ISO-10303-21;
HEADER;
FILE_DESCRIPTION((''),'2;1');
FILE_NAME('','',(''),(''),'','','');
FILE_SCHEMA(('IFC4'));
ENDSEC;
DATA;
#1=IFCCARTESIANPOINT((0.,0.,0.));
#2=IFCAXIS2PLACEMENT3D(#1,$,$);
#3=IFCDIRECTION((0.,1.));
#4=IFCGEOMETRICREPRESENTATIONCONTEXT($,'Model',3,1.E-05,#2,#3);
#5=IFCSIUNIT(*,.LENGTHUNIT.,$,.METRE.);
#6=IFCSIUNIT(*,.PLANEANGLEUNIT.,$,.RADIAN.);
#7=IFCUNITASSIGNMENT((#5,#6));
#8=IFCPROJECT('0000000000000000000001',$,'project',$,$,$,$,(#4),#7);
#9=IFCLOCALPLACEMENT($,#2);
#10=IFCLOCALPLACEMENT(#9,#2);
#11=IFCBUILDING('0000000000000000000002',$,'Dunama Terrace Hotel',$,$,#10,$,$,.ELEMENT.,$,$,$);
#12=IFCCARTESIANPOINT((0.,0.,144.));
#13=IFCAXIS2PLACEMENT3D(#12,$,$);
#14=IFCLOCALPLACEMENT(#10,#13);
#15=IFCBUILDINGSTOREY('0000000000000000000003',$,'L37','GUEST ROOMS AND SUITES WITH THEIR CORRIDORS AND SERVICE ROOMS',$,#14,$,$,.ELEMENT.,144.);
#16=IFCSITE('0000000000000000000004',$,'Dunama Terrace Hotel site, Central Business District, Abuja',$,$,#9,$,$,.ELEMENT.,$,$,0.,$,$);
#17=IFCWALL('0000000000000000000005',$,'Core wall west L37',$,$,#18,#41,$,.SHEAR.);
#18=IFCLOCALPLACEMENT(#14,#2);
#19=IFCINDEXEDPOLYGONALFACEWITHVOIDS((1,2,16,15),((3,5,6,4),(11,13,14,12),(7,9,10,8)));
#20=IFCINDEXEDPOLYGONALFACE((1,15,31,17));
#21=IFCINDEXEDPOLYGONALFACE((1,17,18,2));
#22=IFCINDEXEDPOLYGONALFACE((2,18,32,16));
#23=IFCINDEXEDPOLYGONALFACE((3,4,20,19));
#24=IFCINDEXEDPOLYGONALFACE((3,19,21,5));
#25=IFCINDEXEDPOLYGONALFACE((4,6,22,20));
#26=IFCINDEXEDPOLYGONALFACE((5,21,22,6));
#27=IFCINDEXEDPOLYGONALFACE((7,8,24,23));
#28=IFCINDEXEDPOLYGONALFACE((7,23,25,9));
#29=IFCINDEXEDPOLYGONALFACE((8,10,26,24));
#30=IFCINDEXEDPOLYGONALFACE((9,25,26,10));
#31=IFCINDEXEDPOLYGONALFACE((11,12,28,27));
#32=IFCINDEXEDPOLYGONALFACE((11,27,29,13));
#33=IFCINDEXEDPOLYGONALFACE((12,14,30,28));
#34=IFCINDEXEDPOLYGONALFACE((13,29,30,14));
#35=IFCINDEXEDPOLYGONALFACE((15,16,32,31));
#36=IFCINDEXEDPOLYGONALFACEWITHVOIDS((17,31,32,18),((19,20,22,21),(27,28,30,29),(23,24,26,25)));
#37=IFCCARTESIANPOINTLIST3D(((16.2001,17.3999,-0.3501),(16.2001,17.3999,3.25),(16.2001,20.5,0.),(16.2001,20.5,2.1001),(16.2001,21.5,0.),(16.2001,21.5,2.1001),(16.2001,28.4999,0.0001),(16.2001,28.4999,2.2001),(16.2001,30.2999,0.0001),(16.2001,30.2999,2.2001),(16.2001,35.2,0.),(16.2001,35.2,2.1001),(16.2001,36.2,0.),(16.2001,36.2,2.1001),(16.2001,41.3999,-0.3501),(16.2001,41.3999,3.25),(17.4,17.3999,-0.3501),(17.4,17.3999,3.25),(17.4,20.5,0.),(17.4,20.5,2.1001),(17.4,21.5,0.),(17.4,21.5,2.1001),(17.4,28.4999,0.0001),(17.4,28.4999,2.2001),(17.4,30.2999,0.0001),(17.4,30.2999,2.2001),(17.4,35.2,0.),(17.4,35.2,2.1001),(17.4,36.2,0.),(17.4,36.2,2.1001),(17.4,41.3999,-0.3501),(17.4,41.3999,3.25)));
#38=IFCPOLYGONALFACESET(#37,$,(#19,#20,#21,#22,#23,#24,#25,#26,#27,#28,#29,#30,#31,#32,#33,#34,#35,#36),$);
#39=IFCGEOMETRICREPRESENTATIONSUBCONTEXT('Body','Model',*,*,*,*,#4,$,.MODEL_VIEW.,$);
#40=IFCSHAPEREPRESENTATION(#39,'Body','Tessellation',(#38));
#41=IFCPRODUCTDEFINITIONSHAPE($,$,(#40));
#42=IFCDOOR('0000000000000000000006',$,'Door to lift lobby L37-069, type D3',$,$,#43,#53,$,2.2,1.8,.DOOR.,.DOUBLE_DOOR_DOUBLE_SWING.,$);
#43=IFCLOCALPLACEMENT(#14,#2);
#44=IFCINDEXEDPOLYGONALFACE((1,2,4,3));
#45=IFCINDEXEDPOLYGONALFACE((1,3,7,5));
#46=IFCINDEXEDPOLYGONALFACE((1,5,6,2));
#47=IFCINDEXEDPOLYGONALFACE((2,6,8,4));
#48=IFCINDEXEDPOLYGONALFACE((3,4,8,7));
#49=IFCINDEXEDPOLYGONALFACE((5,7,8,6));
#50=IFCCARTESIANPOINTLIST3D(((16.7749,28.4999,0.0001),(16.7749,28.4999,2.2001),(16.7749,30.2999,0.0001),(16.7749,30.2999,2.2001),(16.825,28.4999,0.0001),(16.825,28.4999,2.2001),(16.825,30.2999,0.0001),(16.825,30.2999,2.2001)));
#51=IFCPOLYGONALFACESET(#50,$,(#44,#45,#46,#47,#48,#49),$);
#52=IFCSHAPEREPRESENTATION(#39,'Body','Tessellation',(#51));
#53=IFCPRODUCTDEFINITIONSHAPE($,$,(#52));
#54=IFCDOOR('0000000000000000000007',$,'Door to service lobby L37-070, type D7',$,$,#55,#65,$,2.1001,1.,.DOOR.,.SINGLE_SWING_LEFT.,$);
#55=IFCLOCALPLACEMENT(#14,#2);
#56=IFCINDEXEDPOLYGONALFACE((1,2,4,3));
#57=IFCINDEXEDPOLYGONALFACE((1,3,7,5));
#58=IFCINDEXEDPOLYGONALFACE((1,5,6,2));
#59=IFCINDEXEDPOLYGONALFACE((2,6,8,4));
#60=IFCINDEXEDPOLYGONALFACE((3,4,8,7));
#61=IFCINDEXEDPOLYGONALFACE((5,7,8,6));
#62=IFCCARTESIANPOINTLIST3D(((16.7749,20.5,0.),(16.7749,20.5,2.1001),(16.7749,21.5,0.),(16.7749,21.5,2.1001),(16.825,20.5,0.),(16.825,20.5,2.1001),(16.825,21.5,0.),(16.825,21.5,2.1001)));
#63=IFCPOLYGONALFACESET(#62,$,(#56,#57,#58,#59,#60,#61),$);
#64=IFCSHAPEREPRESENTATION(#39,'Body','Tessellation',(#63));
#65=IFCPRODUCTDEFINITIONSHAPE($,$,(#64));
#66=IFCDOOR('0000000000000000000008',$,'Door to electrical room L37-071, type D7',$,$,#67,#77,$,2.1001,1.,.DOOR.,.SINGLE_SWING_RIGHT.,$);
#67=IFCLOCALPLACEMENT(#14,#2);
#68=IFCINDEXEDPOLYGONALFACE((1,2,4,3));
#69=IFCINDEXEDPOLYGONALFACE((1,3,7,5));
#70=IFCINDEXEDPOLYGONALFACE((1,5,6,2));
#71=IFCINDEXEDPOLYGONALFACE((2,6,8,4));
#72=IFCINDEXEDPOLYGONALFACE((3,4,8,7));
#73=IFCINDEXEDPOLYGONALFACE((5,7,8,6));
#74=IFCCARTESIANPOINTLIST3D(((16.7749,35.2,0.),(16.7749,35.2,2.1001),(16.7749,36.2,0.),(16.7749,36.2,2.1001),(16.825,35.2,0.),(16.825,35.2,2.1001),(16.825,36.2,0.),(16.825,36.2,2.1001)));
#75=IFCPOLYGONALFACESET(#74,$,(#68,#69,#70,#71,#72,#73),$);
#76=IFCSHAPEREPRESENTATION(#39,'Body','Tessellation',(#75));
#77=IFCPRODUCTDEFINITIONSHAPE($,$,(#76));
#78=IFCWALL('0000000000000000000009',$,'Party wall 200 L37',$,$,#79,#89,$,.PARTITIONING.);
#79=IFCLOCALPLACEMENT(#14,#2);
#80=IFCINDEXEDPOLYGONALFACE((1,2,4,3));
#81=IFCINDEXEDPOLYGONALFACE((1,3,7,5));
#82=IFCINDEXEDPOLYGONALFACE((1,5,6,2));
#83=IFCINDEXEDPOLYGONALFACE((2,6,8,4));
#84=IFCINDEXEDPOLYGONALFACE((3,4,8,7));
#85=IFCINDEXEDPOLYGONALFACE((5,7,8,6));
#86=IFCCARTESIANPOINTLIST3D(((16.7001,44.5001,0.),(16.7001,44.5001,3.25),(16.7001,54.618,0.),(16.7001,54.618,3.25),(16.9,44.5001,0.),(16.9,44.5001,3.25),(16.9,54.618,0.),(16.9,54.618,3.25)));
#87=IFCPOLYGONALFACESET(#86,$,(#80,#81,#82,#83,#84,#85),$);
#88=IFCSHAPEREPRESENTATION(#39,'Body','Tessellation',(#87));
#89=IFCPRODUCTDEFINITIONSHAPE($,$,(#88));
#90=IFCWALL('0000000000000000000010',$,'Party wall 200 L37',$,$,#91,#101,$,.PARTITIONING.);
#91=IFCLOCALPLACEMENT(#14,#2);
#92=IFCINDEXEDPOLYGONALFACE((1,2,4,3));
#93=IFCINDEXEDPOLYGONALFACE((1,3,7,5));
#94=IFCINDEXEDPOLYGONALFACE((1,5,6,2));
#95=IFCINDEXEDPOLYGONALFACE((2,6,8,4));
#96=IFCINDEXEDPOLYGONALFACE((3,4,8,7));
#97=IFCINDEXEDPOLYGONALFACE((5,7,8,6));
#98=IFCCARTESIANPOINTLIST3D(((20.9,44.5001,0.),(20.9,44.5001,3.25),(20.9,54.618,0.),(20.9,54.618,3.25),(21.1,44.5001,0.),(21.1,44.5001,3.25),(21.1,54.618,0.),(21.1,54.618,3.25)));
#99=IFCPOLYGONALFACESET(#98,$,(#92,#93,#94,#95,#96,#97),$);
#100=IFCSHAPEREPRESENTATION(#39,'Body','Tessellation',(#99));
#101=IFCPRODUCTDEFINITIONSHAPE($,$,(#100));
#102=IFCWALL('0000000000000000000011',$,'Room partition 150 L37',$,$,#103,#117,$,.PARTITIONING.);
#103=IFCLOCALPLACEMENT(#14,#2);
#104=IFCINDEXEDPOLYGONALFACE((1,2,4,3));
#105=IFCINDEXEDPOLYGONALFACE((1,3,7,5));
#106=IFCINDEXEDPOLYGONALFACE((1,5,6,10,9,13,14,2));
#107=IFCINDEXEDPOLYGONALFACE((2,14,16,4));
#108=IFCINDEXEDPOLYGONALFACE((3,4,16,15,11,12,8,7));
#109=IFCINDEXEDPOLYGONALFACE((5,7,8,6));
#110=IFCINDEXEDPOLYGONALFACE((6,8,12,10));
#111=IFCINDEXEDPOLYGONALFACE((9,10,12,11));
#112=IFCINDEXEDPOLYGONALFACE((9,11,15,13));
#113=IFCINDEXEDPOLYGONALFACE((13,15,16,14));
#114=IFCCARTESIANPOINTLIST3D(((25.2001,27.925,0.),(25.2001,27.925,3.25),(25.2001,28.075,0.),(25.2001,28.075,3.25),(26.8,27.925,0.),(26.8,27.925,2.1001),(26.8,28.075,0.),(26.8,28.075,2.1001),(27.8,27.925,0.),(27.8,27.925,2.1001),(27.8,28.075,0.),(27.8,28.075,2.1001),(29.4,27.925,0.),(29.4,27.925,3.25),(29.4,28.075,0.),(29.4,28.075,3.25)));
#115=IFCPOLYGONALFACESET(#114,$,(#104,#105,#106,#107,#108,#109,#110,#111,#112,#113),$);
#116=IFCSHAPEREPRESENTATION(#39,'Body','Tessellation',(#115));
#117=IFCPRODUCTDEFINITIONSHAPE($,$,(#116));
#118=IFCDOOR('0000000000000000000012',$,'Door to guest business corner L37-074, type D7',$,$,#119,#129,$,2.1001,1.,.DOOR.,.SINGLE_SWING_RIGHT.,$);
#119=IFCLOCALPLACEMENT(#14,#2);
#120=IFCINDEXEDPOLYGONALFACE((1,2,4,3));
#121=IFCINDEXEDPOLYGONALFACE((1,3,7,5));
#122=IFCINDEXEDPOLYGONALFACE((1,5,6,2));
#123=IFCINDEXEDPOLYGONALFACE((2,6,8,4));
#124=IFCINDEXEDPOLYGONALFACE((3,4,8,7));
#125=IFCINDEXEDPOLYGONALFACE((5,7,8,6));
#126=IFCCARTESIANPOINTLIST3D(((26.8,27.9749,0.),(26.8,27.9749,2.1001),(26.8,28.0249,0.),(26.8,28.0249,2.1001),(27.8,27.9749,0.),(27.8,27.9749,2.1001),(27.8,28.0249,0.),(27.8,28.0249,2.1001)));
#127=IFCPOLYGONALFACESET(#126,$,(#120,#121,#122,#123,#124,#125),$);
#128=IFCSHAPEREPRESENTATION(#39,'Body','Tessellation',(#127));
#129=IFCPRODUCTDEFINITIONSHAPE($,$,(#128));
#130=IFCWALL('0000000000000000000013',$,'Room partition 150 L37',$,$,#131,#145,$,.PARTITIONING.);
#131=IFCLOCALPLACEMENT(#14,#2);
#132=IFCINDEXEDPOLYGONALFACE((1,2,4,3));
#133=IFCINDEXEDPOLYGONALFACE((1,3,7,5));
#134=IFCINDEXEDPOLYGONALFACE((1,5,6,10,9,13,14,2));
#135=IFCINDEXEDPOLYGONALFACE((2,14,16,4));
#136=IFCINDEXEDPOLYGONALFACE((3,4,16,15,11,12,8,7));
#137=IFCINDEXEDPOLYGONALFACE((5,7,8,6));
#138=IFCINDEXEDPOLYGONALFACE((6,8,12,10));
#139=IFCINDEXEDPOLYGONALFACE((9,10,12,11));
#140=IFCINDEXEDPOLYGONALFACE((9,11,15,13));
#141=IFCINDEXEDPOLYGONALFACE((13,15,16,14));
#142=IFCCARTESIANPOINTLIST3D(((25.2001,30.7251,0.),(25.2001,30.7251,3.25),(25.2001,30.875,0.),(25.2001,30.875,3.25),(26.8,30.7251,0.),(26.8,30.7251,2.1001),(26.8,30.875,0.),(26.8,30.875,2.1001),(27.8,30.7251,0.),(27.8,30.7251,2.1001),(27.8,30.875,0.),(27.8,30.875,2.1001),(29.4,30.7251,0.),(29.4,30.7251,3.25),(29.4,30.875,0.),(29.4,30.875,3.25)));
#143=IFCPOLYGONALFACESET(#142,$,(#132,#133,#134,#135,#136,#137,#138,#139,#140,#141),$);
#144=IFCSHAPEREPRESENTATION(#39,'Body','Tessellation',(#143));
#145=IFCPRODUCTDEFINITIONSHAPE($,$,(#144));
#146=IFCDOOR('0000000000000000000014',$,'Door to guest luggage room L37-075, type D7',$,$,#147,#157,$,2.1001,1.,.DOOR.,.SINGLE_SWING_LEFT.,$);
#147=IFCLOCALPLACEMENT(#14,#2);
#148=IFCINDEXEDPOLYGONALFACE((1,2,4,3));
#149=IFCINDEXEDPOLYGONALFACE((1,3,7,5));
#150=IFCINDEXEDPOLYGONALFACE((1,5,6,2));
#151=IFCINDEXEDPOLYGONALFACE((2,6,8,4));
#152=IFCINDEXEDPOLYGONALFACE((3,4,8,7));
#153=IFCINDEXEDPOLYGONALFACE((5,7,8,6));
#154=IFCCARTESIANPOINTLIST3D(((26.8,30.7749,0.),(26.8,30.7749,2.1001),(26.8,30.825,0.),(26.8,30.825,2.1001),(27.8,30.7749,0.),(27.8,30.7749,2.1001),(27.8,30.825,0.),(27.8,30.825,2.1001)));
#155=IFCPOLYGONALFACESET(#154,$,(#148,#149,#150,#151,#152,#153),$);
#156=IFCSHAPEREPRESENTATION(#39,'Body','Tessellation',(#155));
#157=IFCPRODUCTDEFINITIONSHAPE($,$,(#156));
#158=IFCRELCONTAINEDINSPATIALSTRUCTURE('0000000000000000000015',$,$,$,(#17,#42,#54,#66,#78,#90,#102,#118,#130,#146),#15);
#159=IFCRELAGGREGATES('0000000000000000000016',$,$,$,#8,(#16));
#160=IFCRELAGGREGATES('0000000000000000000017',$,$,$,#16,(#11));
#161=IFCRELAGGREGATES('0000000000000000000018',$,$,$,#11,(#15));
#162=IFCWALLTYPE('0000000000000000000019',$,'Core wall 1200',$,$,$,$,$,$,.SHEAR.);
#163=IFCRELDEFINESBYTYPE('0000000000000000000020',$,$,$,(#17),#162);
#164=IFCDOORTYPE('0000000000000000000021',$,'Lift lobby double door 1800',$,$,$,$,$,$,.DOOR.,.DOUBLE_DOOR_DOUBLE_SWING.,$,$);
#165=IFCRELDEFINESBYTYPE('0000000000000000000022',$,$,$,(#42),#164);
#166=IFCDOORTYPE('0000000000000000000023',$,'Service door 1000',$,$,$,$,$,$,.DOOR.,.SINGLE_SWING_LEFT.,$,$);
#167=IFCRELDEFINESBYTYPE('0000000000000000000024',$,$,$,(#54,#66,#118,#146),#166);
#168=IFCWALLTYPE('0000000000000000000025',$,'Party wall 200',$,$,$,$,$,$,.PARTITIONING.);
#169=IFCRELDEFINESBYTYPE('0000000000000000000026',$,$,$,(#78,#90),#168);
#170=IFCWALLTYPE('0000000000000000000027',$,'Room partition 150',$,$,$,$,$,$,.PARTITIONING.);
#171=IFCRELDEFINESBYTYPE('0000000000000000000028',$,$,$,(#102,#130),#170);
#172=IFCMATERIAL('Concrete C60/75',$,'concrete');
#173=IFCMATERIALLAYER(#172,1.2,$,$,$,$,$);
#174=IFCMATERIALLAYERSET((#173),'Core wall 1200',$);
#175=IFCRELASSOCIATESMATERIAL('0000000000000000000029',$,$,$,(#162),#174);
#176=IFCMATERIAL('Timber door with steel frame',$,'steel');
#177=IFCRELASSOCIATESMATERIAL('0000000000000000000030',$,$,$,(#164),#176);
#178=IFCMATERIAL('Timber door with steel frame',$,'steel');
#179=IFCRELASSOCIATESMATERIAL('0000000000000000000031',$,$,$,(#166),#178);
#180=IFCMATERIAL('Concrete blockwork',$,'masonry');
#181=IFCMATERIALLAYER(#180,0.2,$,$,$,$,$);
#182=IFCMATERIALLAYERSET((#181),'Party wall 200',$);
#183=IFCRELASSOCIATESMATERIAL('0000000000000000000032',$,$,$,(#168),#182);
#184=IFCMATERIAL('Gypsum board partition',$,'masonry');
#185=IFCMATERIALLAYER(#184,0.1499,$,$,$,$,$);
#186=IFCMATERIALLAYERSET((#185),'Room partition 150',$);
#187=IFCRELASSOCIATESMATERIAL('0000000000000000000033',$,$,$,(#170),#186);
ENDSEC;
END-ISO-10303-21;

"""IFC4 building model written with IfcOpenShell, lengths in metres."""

from ifc_helpers import new_model, si_unit, direction, frame, frame_2d, origin, place, context, subcontext, project, spatial, rectangle, extrude, material, layer, layer_set, type_object, element, fill, save


model = new_model("IFC4")

# Units and contexts
model_context = context("Model", 3, precision=1e-05, world=origin(), true_north=direction((0.0, 1.0)))
body_context = subcontext(model_context, "Body", "Model", "MODEL_VIEW")
ifc_project = project(units=[si_unit("LENGTHUNIT", "METRE"), si_unit("PLANEANGLEUNIT", "RADIAN")], contexts=[model_context])

# Site, building, storey
site_placement = place(None, origin())
site = spatial("IfcSite", under=ifc_project, at=site_placement, Name="Dunama Terrace Hotel site, Central Business District, Abuja", CompositionType="ELEMENT", RefElevation=0.0)
building_placement = place(site_placement, origin())
building = spatial("IfcBuilding", under=site, at=building_placement, Name="Dunama Terrace Hotel", CompositionType="ELEMENT")
storey_placement = place(building_placement, frame((0.0, 0.0, 144.0)))
storey = spatial("IfcBuildingStorey", under=building, at=storey_placement, Name="L37", Description="GUEST ROOMS AND SUITES WITH THEIR CORRIDORS AND SERVICE ROOMS", CompositionType="ELEMENT", Elevation=144.0)

# Wall, openings, doors
ifc_material_1 = material(Name="Concrete C60/75", Category="concrete")
ifc_layer_1 = layer(ifc_material_1, 1.2)
ifc_layer_set_1 = layer_set([ifc_layer_1], Name="Core wall 1200")
wall_type_1 = type_object("IfcWallType", Name="Core wall 1200", PredefinedType="SHEAR", material=ifc_layer_set_1)
wall_1_placement = place(storey_placement, frame((16.8, 41.3999, -0.3501), z_axis=(0.0, 0.0, 1.0), x_axis=(0.0, -1.0, 0.0)))
wall_1 = element("IfcWall", 1, at=wall_1_placement, inside=storey, type_object=wall_type_1, Name="Core wall west L37", PredefinedType="SHEAR", context=body_context, shape_type="SweptSolid", body=[
    extrude(rectangle(XDim=24.0, YDim=1.2, at=frame_2d((12.0, 0.0))), origin(), (0.0, 0.0, 1.0), 3.6001),
])
opening_1_placement = place(wall_1_placement, frame((11.1001, 0.0, 0.3501)))
opening_1 = element("IfcOpeningElement", 2, at=opening_1_placement, cuts=wall_1, PredefinedType="OPENING", context=body_context, shape_type="SweptSolid", body=[
    extrude(rectangle(XDim=1.8, YDim=2.2, at=frame_2d((0.8999, 1.1001))), frame((0.0, 0.6099, 0.0), z_axis=(0.0, -1.0, 0.0), x_axis=(1.0, 0.0, 0.0)), (0.0, 0.0, 1.0), 1.22),
])
opening_2_placement = place(wall_1_placement, frame((19.8999, 0.0, 0.3501)))
opening_2 = element("IfcOpeningElement", 3, at=opening_2_placement, cuts=wall_1, PredefinedType="OPENING", context=body_context, shape_type="SweptSolid", body=[
    extrude(rectangle(XDim=1.0, YDim=2.1001, at=frame_2d((0.5, 1.05))), frame((0.0, 0.6099, 0.0), z_axis=(0.0, -1.0, 0.0), x_axis=(1.0, 0.0, 0.0)), (0.0, 0.0, 1.0), 1.22),
])
opening_3_placement = place(wall_1_placement, frame((5.2, 0.0, 0.3501)))
opening_3 = element("IfcOpeningElement", 4, at=opening_3_placement, cuts=wall_1, PredefinedType="OPENING", context=body_context, shape_type="SweptSolid", body=[
    extrude(rectangle(XDim=1.0, YDim=2.1001, at=frame_2d((0.5, 1.05))), frame((0.0, 0.6099, 0.0), z_axis=(0.0, -1.0, 0.0), x_axis=(1.0, 0.0, 0.0)), (0.0, 0.0, 1.0), 1.22),
])
ifc_material_2 = material(Name="Timber door with steel frame", Category="steel")
door_type_1 = type_object("IfcDoorType", Name="Lift lobby double door 1800", OperationType="DOUBLE_DOOR_DOUBLE_SWING", PredefinedType="DOOR", material=ifc_material_2)
door_1_placement = place(opening_1_placement, origin())
door_1 = element("IfcDoor", 5, at=door_1_placement, inside=storey, type_object=door_type_1, Name="Door to lift lobby L37-069, type D3", OperationType="DOUBLE_DOOR_DOUBLE_SWING", OverallHeight=2.2, OverallWidth=1.8, PredefinedType="DOOR", context=body_context, shape_type="SweptSolid", body=[
    extrude(rectangle(XDim=1.8, YDim=2.2, at=frame_2d((0.8999, 1.1001))), frame((0.0, 0.0249, 0.0), z_axis=(0.0, -1.0, 0.0), x_axis=(1.0, 0.0, 0.0)), (0.0, 0.0, 1.0), 0.05),
])
fill(opening_1, door_1)
ifc_material_3 = material(Name="Timber door with steel frame", Category="steel")
door_type_2 = type_object("IfcDoorType", Name="Service door 1000", OperationType="SINGLE_SWING_LEFT", PredefinedType="DOOR", material=ifc_material_3)
door_2_placement = place(opening_2_placement, origin())
door_2 = element("IfcDoor", 6, at=door_2_placement, inside=storey, type_object=door_type_2, Name="Door to service lobby L37-070, type D7", OperationType="SINGLE_SWING_LEFT", OverallHeight=2.1001, OverallWidth=1.0, PredefinedType="DOOR", context=body_context, shape_type="SweptSolid", body=[
    extrude(rectangle(XDim=1.0, YDim=2.1001, at=frame_2d((0.5, 1.05))), frame((0.0, 0.0249, 0.0), z_axis=(0.0, -1.0, 0.0), x_axis=(1.0, 0.0, 0.0)), (0.0, 0.0, 1.0), 0.05),
])
fill(opening_2, door_2)
door_3_placement = place(opening_3_placement, origin())
door_3 = element("IfcDoor", 7, at=door_3_placement, inside=storey, type_object=door_type_2, Name="Door to electrical room L37-071, type D7", OperationType="SINGLE_SWING_RIGHT", OverallHeight=2.1001, OverallWidth=1.0, PredefinedType="DOOR", context=body_context, shape_type="SweptSolid", body=[
    extrude(rectangle(XDim=1.0, YDim=2.1001, at=frame_2d((0.5, 1.05))), frame((0.0, 0.0249, 0.0), z_axis=(0.0, -1.0, 0.0), x_axis=(1.0, 0.0, 0.0)), (0.0, 0.0, 1.0), 0.05),
])
fill(opening_3, door_3)

# Walls
ifc_material_4 = material(Name="Concrete blockwork", Category="masonry")
ifc_layer_2 = layer(ifc_material_4, 0.2)
ifc_layer_set_2 = layer_set([ifc_layer_2], Name="Party wall 200")
wall_type_2 = type_object("IfcWallType", Name="Party wall 200", PredefinedType="PARTITIONING", material=ifc_layer_set_2)
for number, where, z_axis, x_axis, name in (
    (8, (16.8, 44.5, 0.0), (0.0, 0.0, 1.0), (0.0, 1.0, 0.0), "Party wall 200 L37"),
    (9, (21.0, 44.5, 0.0), (0.0, 0.0, 1.0), (0.0, 1.0, 0.0), "Party wall 200 L37"),
):
    element("IfcWall", number, at=place(storey_placement, frame(where, z_axis=z_axis, x_axis=x_axis)), inside=storey, type_object=wall_type_2, Name=name, PredefinedType="PARTITIONING", context=body_context, shape_type="SweptSolid", body=[
        extrude(rectangle(XDim=10.1179, YDim=0.2, at=frame_2d((5.0591, 0.0))), origin(), (0.0, 0.0, 1.0), 3.25),
    ])

# Walls, openings, doors
ifc_material_5 = material(Name="Gypsum board partition", Category="masonry")
ifc_layer_3 = layer(ifc_material_5, 0.1499)
ifc_layer_set_3 = layer_set([ifc_layer_3], Name="Room partition 150")
wall_type_3 = type_object("IfcWallType", Name="Room partition 150", PredefinedType="PARTITIONING", material=ifc_layer_set_3)
wall_2_placement = place(storey_placement, frame((25.2, 28.0, 0.0), z_axis=(0.0, 0.0, 1.0), x_axis=(1.0, 0.0, 0.0)))
wall_2 = element("IfcWall", 10, at=wall_2_placement, inside=storey, type_object=wall_type_3, Name="Room partition 150 L37", PredefinedType="PARTITIONING", context=body_context, shape_type="SweptSolid", body=[
    extrude(rectangle(XDim=4.2, YDim=0.1499, at=frame_2d((2.1001, 0.0))), origin(), (0.0, 0.0, 1.0), 3.25),
])
opening_4_placement = place(wall_2_placement, frame((1.6001, 0.0, 0.0)))
opening_4 = element("IfcOpeningElement", 11, at=opening_4_placement, cuts=wall_2, PredefinedType="OPENING", context=body_context, shape_type="SweptSolid", body=[
    extrude(rectangle(XDim=1.0, YDim=2.1001, at=frame_2d((0.5, 1.05))), frame((0.0, 0.085, 0.0), z_axis=(0.0, -1.0, 0.0), x_axis=(1.0, 0.0, 0.0)), (0.0, 0.0, 1.0), 0.1699),
])
door_4_placement = place(opening_4_placement, frame((1.0, 0.0, 0.0), z_axis=(0.0, 0.0, 1.0), x_axis=(-1.0, 0.0, 0.0)))
door_4 = element("IfcDoor", 12, at=door_4_placement, inside=storey, type_object=door_type_2, Name="Door to guest business corner L37-074, type D7", OperationType="SINGLE_SWING_RIGHT", OverallHeight=2.1001, OverallWidth=1.0, PredefinedType="DOOR", context=body_context, shape_type="SweptSolid", body=[
    extrude(rectangle(XDim=1.0, YDim=2.1001, at=frame_2d((0.5, 1.05))), frame((0.0, 0.0251, 0.0), z_axis=(0.0, -1.0, 0.0), x_axis=(1.0, 0.0, 0.0)), (0.0, 0.0, 1.0), 0.05),
])
fill(opening_4, door_4)
wall_3_placement = place(storey_placement, frame((25.2, 30.8, 0.0), z_axis=(0.0, 0.0, 1.0), x_axis=(1.0, 0.0, 0.0)))
wall_3 = element("IfcWall", 13, at=wall_3_placement, inside=storey, type_object=wall_type_3, Name="Room partition 150 L37", PredefinedType="PARTITIONING", context=body_context, shape_type="SweptSolid", body=[
    extrude(rectangle(XDim=4.2, YDim=0.1499, at=frame_2d((2.1001, 0.0))), origin(), (0.0, 0.0, 1.0), 3.25),
])
opening_5_placement = place(wall_3_placement, frame((1.6001, 0.0, 0.0)))
opening_5 = element("IfcOpeningElement", 14, at=opening_5_placement, cuts=wall_3, PredefinedType="OPENING", context=body_context, shape_type="SweptSolid", body=[
    extrude(rectangle(XDim=1.0, YDim=2.1001, at=frame_2d((0.5, 1.05))), frame((0.0, 0.085, 0.0), z_axis=(0.0, -1.0, 0.0), x_axis=(1.0, 0.0, 0.0)), (0.0, 0.0, 1.0), 0.1699),
])
door_5_placement = place(opening_5_placement, origin())
door_5 = element("IfcDoor", 15, at=door_5_placement, inside=storey, type_object=door_type_2, Name="Door to guest luggage room L37-075, type D7", OperationType="SINGLE_SWING_LEFT", OverallHeight=2.1001, OverallWidth=1.0, PredefinedType="DOOR", context=body_context, shape_type="SweptSolid", body=[
    extrude(rectangle(XDim=1.0, YDim=2.1001, at=frame_2d((0.5, 1.05))), frame((0.0, 0.0249, 0.0), z_axis=(0.0, -1.0, 0.0), x_axis=(1.0, 0.0, 0.0)), (0.0, 0.0, 1.0), 0.05),
])
fill(opening_5, door_5)

save(model, "model.ifc")
